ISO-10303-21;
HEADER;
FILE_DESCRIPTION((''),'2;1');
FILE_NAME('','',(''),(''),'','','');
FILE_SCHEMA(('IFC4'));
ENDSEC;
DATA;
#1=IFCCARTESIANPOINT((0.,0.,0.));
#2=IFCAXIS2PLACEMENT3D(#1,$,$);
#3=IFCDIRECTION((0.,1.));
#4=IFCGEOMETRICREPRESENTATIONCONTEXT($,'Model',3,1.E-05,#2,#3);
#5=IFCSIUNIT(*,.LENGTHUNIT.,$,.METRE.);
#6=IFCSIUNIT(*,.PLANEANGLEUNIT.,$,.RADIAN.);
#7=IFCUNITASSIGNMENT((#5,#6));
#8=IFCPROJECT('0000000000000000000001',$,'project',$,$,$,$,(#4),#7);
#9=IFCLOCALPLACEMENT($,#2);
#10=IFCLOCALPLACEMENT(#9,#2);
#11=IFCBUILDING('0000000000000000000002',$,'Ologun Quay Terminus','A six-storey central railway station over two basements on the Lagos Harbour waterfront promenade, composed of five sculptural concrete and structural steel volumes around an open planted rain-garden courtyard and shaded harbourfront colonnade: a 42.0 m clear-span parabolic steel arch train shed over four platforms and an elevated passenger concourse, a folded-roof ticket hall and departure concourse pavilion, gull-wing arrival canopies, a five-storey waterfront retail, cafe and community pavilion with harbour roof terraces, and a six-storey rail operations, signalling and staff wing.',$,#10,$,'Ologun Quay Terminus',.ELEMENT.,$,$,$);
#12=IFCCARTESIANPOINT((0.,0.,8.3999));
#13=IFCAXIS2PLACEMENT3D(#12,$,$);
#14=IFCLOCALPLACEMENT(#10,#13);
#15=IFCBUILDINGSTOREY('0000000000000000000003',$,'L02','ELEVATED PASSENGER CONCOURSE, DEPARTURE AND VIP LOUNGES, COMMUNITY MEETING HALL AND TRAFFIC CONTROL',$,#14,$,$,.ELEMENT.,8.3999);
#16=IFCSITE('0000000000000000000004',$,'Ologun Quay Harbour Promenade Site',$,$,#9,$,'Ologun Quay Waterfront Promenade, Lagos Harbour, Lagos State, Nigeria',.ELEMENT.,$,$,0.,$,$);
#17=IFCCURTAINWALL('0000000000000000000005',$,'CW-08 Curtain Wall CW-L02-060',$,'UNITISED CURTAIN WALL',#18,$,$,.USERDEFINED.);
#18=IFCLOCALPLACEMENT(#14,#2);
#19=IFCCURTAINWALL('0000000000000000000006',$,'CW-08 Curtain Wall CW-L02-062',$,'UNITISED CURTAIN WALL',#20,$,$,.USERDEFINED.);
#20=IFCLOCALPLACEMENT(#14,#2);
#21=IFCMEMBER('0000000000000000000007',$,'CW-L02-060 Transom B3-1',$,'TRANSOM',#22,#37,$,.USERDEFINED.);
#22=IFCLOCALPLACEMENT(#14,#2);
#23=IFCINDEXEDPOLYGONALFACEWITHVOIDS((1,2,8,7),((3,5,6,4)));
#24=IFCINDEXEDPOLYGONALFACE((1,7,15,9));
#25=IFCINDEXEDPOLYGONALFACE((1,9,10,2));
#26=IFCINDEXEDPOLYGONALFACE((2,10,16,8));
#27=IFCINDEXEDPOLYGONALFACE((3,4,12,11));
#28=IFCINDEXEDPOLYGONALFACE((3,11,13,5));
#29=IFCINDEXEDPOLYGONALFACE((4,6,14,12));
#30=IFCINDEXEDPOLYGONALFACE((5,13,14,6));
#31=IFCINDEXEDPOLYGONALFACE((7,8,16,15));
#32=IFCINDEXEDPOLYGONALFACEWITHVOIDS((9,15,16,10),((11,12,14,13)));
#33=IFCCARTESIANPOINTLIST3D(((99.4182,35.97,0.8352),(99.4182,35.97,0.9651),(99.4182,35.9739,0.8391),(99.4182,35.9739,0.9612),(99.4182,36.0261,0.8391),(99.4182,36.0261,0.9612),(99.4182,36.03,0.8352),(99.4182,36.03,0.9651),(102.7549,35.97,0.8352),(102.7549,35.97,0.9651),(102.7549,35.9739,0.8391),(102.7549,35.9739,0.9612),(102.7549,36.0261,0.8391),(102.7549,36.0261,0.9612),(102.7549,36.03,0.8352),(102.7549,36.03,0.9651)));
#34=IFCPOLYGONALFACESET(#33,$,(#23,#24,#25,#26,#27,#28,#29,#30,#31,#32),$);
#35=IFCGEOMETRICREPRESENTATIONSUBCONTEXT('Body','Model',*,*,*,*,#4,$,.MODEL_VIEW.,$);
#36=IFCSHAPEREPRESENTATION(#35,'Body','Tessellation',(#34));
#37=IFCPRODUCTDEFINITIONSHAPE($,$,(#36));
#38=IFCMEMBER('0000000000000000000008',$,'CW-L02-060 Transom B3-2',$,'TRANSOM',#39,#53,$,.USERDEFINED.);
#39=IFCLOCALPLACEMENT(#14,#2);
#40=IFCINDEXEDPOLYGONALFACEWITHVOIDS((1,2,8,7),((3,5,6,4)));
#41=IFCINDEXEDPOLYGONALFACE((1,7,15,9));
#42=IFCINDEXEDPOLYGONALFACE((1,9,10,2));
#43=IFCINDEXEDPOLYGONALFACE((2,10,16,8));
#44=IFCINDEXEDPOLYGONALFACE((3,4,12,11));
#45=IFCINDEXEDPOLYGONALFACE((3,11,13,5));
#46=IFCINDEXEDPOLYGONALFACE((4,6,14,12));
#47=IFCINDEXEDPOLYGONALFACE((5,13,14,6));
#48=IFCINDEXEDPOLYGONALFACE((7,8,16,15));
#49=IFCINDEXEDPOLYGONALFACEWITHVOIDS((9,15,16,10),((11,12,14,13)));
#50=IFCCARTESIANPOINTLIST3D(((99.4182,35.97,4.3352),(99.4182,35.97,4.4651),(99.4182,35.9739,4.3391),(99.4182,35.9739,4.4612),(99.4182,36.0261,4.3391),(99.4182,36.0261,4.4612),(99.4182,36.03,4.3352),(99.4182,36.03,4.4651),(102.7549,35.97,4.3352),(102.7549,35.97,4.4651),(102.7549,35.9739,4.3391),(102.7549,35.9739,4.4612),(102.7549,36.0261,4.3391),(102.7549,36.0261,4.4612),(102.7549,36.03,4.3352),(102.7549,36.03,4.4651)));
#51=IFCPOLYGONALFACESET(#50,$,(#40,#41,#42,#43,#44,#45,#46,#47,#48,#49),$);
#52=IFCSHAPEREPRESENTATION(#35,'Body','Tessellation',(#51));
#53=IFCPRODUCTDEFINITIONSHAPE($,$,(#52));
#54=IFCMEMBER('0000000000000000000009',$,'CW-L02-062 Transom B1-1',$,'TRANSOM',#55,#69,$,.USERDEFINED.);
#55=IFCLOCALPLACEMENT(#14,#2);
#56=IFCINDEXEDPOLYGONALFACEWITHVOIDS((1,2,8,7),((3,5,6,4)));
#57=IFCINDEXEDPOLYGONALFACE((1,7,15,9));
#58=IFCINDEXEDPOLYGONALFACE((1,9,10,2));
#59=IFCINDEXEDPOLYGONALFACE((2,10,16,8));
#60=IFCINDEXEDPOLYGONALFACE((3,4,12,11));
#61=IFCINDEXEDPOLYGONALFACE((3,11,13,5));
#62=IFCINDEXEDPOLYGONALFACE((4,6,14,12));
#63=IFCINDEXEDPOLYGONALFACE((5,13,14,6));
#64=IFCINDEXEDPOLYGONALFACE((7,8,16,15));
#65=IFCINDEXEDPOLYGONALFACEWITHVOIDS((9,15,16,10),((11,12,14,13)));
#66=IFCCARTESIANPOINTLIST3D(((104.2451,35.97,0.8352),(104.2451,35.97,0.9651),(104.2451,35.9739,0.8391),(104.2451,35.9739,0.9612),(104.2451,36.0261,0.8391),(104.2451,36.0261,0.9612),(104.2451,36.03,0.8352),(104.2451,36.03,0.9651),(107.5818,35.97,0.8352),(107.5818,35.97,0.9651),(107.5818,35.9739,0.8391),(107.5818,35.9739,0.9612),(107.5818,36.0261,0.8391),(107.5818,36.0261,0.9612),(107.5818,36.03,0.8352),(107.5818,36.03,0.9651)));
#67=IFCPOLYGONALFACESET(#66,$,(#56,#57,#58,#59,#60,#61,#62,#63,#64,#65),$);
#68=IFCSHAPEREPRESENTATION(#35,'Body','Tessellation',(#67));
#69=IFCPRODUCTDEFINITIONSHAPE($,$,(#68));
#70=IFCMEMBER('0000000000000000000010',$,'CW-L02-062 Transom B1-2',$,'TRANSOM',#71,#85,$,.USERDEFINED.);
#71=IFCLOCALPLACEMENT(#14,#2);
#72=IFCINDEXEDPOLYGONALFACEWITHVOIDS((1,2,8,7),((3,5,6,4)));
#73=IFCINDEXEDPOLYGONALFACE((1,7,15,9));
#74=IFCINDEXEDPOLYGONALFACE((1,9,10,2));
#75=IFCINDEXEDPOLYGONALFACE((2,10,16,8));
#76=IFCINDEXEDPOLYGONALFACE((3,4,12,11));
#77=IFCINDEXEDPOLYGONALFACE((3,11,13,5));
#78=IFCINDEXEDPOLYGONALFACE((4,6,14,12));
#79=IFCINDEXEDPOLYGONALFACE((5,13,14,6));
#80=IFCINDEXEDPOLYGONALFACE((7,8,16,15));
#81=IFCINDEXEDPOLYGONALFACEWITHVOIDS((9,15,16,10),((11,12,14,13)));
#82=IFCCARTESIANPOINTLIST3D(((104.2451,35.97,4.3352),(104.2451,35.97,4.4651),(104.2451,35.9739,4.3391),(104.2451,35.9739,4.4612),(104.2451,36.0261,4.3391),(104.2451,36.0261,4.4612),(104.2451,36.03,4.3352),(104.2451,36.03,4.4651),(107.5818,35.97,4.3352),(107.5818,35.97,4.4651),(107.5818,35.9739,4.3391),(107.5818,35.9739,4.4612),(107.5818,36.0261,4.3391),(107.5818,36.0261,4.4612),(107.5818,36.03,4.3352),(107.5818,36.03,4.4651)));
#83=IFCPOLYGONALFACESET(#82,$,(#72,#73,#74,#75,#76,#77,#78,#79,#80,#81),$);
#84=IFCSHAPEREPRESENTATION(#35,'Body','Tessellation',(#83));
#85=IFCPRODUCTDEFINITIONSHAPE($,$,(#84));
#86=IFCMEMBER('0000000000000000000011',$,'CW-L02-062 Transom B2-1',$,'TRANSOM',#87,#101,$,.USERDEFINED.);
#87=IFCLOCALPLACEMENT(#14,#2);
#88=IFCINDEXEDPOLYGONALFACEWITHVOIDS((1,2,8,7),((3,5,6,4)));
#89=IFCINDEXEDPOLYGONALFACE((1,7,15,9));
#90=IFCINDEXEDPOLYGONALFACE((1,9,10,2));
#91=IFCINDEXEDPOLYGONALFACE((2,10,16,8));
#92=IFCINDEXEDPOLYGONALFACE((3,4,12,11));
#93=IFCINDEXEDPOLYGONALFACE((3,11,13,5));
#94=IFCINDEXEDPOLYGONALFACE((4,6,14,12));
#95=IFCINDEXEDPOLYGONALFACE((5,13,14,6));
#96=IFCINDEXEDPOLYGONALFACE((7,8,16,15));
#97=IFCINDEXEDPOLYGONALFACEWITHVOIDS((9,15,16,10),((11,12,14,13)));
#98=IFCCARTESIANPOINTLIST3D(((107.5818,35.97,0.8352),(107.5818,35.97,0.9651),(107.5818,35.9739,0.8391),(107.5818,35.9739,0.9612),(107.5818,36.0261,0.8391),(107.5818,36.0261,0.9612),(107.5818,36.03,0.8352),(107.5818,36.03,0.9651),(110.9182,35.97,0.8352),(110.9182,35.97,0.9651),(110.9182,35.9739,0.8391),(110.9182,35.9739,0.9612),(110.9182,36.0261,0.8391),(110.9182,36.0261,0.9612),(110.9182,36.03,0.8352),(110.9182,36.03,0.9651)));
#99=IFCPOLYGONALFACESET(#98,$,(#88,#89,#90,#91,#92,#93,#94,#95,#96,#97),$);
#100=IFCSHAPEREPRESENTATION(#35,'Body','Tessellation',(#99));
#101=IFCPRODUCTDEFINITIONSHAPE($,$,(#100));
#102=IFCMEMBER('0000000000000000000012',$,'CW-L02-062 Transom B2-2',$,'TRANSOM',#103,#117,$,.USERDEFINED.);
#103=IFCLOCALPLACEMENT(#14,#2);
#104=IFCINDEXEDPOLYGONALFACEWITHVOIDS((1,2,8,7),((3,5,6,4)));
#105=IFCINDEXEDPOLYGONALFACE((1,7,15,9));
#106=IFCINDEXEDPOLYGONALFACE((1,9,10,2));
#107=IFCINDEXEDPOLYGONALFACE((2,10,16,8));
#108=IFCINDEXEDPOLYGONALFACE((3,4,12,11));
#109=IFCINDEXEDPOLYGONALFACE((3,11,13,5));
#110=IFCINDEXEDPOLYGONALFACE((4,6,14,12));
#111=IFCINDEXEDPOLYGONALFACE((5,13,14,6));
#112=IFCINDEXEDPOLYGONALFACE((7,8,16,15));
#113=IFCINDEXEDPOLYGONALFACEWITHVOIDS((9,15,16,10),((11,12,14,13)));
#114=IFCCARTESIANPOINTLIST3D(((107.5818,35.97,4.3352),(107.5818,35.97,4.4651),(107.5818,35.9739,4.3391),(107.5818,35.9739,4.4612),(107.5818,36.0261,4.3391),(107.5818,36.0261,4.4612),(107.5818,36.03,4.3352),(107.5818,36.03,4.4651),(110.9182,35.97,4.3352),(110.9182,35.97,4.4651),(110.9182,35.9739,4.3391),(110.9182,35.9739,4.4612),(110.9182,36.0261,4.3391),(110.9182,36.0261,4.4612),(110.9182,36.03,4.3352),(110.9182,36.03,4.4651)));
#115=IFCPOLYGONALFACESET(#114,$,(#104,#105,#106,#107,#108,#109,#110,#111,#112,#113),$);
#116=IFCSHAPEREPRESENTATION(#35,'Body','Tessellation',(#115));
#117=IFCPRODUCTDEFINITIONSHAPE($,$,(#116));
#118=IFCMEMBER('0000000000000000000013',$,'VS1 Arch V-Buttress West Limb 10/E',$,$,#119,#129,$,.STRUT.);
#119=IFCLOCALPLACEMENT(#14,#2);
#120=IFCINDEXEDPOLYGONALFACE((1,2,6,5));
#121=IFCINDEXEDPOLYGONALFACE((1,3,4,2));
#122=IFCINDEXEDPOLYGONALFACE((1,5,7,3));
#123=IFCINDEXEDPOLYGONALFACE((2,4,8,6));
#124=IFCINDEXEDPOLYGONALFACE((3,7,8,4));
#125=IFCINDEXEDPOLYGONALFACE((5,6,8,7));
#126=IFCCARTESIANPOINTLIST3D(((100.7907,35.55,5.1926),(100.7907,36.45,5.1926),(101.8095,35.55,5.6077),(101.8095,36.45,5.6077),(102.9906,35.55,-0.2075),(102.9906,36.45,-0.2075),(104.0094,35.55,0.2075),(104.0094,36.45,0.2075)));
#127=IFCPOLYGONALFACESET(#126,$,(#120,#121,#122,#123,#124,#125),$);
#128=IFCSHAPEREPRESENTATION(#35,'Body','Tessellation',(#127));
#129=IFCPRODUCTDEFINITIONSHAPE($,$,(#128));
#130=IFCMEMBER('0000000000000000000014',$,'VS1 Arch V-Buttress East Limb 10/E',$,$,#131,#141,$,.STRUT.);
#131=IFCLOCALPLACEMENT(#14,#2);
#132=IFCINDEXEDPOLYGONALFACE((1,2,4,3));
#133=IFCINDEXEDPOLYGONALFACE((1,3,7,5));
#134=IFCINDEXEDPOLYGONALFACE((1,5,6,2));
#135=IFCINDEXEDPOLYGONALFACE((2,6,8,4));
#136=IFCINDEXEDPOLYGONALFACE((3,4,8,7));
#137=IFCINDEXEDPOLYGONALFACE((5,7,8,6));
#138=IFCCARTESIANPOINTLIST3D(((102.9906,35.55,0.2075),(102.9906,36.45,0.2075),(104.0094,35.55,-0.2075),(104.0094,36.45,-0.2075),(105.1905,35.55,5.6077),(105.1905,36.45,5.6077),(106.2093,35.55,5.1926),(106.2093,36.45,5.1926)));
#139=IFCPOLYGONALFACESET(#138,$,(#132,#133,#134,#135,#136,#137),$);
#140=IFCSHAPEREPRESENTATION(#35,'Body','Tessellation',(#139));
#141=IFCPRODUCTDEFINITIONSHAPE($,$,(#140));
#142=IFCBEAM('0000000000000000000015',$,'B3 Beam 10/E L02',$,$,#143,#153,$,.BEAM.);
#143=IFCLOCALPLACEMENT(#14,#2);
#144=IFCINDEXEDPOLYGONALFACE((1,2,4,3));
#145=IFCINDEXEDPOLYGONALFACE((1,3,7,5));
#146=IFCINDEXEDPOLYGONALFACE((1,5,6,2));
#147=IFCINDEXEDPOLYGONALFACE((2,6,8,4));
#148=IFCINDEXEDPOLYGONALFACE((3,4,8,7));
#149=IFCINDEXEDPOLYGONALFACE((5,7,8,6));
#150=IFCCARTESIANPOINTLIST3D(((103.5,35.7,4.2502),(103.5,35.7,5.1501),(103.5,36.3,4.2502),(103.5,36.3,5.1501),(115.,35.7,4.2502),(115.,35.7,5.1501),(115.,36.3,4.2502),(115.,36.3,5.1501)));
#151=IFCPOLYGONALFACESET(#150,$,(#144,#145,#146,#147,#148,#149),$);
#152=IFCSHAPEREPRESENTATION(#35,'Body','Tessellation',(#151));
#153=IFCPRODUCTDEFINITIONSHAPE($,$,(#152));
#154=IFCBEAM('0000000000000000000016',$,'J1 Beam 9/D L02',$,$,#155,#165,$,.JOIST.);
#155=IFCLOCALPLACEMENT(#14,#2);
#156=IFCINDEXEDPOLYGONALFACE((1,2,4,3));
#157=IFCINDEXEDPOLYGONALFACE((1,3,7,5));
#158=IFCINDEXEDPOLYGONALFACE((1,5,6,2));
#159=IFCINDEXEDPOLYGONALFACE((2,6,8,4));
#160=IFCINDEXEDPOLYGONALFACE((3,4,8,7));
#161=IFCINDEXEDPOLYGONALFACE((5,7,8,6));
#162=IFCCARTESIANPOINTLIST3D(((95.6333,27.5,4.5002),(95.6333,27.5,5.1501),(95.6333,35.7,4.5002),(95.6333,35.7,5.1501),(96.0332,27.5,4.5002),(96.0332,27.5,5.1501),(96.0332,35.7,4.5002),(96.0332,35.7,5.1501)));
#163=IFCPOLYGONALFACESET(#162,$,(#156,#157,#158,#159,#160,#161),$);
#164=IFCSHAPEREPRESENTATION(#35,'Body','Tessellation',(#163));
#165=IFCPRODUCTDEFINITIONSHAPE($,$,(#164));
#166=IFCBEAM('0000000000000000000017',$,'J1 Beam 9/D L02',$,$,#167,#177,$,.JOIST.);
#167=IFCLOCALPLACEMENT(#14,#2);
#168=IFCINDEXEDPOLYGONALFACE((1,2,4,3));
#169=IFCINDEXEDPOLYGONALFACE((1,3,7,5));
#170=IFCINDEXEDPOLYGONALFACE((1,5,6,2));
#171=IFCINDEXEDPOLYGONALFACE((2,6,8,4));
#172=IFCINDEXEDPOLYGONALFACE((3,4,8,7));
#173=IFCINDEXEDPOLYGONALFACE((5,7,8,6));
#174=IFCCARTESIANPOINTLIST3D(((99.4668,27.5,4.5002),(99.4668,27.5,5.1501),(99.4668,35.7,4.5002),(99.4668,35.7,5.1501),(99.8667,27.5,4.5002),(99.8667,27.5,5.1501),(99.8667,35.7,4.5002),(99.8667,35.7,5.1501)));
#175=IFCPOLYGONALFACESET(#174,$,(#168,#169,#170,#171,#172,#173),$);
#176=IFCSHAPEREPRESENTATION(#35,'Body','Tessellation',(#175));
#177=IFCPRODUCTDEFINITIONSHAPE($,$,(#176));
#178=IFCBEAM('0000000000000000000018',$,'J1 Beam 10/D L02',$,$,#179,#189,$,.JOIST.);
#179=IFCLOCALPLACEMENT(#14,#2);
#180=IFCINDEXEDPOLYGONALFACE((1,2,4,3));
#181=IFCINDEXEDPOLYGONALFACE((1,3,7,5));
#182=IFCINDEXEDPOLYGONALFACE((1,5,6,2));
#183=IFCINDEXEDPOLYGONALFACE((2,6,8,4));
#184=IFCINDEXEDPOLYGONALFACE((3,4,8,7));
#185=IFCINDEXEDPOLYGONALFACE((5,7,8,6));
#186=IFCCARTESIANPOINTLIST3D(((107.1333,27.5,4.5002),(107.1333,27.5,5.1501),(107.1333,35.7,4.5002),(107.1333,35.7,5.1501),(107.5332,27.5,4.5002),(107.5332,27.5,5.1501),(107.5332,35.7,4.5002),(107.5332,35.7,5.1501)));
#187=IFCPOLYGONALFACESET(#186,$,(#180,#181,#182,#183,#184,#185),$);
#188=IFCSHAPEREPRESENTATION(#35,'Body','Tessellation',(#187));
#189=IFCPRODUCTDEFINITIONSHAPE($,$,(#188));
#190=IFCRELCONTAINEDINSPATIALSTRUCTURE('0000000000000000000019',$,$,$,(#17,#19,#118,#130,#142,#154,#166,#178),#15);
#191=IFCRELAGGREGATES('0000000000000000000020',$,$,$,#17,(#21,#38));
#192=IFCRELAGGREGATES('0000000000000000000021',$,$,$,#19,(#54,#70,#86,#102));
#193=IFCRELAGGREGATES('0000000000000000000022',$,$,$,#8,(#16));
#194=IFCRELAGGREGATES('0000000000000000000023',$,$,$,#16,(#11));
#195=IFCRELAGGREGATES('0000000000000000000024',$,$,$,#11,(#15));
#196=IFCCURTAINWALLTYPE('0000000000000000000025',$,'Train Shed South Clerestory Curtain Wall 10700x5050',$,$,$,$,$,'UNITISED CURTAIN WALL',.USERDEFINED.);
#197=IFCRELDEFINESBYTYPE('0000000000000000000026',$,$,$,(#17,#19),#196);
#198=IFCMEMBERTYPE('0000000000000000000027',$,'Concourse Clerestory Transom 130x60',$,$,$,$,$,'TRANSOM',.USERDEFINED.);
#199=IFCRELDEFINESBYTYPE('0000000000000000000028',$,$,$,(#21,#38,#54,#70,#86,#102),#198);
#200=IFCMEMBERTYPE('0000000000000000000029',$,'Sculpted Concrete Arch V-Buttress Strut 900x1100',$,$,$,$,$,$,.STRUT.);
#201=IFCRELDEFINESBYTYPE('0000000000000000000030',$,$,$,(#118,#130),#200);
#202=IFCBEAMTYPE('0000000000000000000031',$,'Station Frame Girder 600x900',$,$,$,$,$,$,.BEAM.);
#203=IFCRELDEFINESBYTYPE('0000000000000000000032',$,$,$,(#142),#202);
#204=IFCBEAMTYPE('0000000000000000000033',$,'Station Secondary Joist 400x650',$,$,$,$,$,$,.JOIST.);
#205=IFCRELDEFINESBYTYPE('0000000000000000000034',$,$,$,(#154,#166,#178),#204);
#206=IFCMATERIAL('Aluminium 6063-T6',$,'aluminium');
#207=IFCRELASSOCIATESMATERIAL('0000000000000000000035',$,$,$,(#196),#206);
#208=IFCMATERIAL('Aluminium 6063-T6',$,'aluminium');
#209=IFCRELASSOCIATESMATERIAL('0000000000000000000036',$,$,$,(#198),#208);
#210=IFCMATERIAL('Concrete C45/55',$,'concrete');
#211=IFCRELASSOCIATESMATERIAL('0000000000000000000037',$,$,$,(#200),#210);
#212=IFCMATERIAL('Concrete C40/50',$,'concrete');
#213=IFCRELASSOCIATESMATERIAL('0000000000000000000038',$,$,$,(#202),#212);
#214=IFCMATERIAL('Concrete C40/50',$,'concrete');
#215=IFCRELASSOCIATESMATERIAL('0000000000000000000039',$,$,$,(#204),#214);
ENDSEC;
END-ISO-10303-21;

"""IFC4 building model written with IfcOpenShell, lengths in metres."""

from ifc_helpers import new_model, si_unit, direction, frame, origin, origin_2d, place, context, subcontext, project, spatial, rectangle, hollow_rectangle, extrude, material, material_profile, profile_set, type_object, element, aggregate, save


model = new_model("IFC4")

# Units and contexts
model_context = context("Model", 3, precision=1e-05, world=origin(), true_north=direction((0.0, 1.0)))
body_context = subcontext(model_context, "Body", "Model", "MODEL_VIEW")
ifc_project = project(units=[si_unit("LENGTHUNIT", "METRE"), si_unit("PLANEANGLEUNIT", "RADIAN")], contexts=[model_context])

# Site, building, storey
site_placement = place(None, origin())
site = spatial("IfcSite", under=ifc_project, at=site_placement, Name="Ologun Quay Harbour Promenade Site", LongName="Ologun Quay Waterfront Promenade, Lagos Harbour, Lagos State, Nigeria", CompositionType="ELEMENT", RefElevation=0.0)
building_placement = place(site_placement, origin())
building = spatial("IfcBuilding", under=site, at=building_placement, Name="Ologun Quay Terminus", Description="A six-storey central railway station over two basements on the Lagos Harbour waterfront promenade, composed of five sculptural concrete and structural steel volumes around an open planted rain-garden courtyard and shaded harbourfront colonnade: a 42.0 m clear-span parabolic steel arch train shed over four platforms and an elevated passenger concourse, a folded-roof ticket hall and departure concourse pavilion, gull-wing arrival canopies, a five-storey waterfront retail, cafe and community pavilion with harbour roof terraces, and a six-storey rail operations, signalling and staff wing.", LongName="Ologun Quay Terminus", CompositionType="ELEMENT")
storey_placement = place(building_placement, frame((0.0, 0.0, 8.3999)))
storey = spatial("IfcBuildingStorey", under=building, at=storey_placement, Name="L02", Description="ELEVATED PASSENGER CONCOURSE, DEPARTURE AND VIP LOUNGES, COMMUNITY MEETING HALL AND TRAFFIC CONTROL", CompositionType="ELEMENT", Elevation=8.3999)

# Curtain walls
ifc_material_1 = material(Name="Aluminium 6063-T6", Category="aluminium")
curtain_wall_type = type_object("IfcCurtainWallType", Name="Train Shed South Clerestory Curtain Wall 10700x5050", ElementType="UNITISED CURTAIN WALL", PredefinedType="USERDEFINED", material=ifc_material_1)
curtain_wall_1_placement = place(storey_placement, origin())
curtain_wall_1 = element("IfcCurtainWall", 1, at=curtain_wall_1_placement, inside=storey, type_object=curtain_wall_type, Name="CW-08 Curtain Wall CW-L02-060", ObjectType="UNITISED CURTAIN WALL", PredefinedType="USERDEFINED")
curtain_wall_2_placement = place(storey_placement, origin())
curtain_wall_2 = element("IfcCurtainWall", 2, at=curtain_wall_2_placement, inside=storey, type_object=curtain_wall_type, Name="CW-08 Curtain Wall CW-L02-062", ObjectType="UNITISED CURTAIN WALL", PredefinedType="USERDEFINED")

# Members
ifc_material_2 = material(Name="Aluminium 6063-T6", Category="aluminium")
ifc_material_profile_1 = material_profile(ifc_material_2, hollow_rectangle(XDim=0.0601, YDim=0.1299, WallThickness=0.0039, at=origin_2d()), Name="ALU 130x60x4")
ifc_profile_set_1 = profile_set([ifc_material_profile_1], Name="Aluminium 6063-T6")
member_type_1 = type_object("IfcMemberType", Name="Concourse Clerestory Transom 130x60", ElementType="TRANSOM", PredefinedType="USERDEFINED", material=ifc_profile_set_1)
member_1_placement = place(storey_placement, frame((99.4182, 36.0, 0.9001), z_axis=(1.0, 0.0, 0.0), x_axis=(0.0, 1.0, 0.0)))
member_1 = element("IfcMember", 3, at=member_1_placement, type_object=member_type_1, Name="CW-L02-060 Transom B3-1", ObjectType="TRANSOM", PredefinedType="USERDEFINED", context=body_context, shape_type="SweptSolid", body=[
    extrude(hollow_rectangle(XDim=0.0601, YDim=0.1299, WallThickness=0.0039, at=origin_2d()), origin(), (0.0, 0.0, 1.0), 3.3367),
])
member_2_placement = place(storey_placement, frame((99.4182, 36.0, 4.4001), z_axis=(1.0, 0.0, 0.0), x_axis=(0.0, 1.0, 0.0)))
member_2 = element("IfcMember", 4, at=member_2_placement, type_object=member_type_1, Name="CW-L02-060 Transom B3-2", ObjectType="TRANSOM", PredefinedType="USERDEFINED", context=body_context, shape_type="SweptSolid", body=[
    extrude(hollow_rectangle(XDim=0.0601, YDim=0.1299, WallThickness=0.0039, at=origin_2d()), origin(), (0.0, 0.0, 1.0), 3.3367),
])
member_3_placement = place(storey_placement, frame((104.2451, 36.0, 0.9001), z_axis=(1.0, 0.0, 0.0), x_axis=(0.0, 1.0, 0.0)))
member_3 = element("IfcMember", 5, at=member_3_placement, type_object=member_type_1, Name="CW-L02-062 Transom B1-1", ObjectType="TRANSOM", PredefinedType="USERDEFINED", context=body_context, shape_type="SweptSolid", body=[
    extrude(hollow_rectangle(XDim=0.0601, YDim=0.1299, WallThickness=0.0039, at=origin_2d()), origin(), (0.0, 0.0, 1.0), 3.3367),
])
member_4_placement = place(storey_placement, frame((104.2451, 36.0, 4.4001), z_axis=(1.0, 0.0, 0.0), x_axis=(0.0, 1.0, 0.0)))
member_4 = element("IfcMember", 6, at=member_4_placement, type_object=member_type_1, Name="CW-L02-062 Transom B1-2", ObjectType="TRANSOM", PredefinedType="USERDEFINED", context=body_context, shape_type="SweptSolid", body=[
    extrude(hollow_rectangle(XDim=0.0601, YDim=0.1299, WallThickness=0.0039, at=origin_2d()), origin(), (0.0, 0.0, 1.0), 3.3367),
])
member_5_placement = place(storey_placement, frame((107.5818, 36.0, 0.9001), z_axis=(1.0, 0.0, 0.0), x_axis=(0.0, 1.0, 0.0)))
member_5 = element("IfcMember", 7, at=member_5_placement, type_object=member_type_1, Name="CW-L02-062 Transom B2-1", ObjectType="TRANSOM", PredefinedType="USERDEFINED", context=body_context, shape_type="SweptSolid", body=[
    extrude(hollow_rectangle(XDim=0.0601, YDim=0.1299, WallThickness=0.0039, at=origin_2d()), origin(), (0.0, 0.0, 1.0), 3.3364),
])
member_6_placement = place(storey_placement, frame((107.5818, 36.0, 4.4001), z_axis=(1.0, 0.0, 0.0), x_axis=(0.0, 1.0, 0.0)))
member_6 = element("IfcMember", 8, at=member_6_placement, type_object=member_type_1, Name="CW-L02-062 Transom B2-2", ObjectType="TRANSOM", PredefinedType="USERDEFINED", context=body_context, shape_type="SweptSolid", body=[
    extrude(hollow_rectangle(XDim=0.0601, YDim=0.1299, WallThickness=0.0039, at=origin_2d()), origin(), (0.0, 0.0, 1.0), 3.3364),
])

# Members
ifc_material_3 = material(Name="Concrete C45/55", Category="concrete")
ifc_material_profile_2 = material_profile(ifc_material_3, rectangle(XDim=0.8999, YDim=1.1001, at=origin_2d()), Name="RC 900x1100")
ifc_profile_set_2 = profile_set([ifc_material_profile_2], Name="Concrete C45/55")
member_type_2 = type_object("IfcMemberType", Name="Sculpted Concrete Arch V-Buttress Strut 900x1100", PredefinedType="STRUT", material=ifc_profile_set_2)
for number, where, z_axis, x_axis, name in (
    (9, (103.5, 36.0, 0.0), (-0.377281, 0.0, 0.926099), (0.0, -1.0, 0.0), "VS1 Arch V-Buttress West Limb 10/E"),
    (10, (103.5, 36.0, 0.0), (0.377281, 0.0, 0.926099), (0.0, 1.0, 0.0), "VS1 Arch V-Buttress East Limb 10/E"),
):
    element("IfcMember", number, at=place(storey_placement, frame(where, z_axis=z_axis, x_axis=x_axis)), inside=storey, type_object=member_type_2, Name=name, PredefinedType="STRUT", context=body_context, shape_type="SweptSolid", body=[
        extrude(rectangle(XDim=0.8999, YDim=1.1001, at=origin_2d()), origin(), (0.0, 0.0, 1.0), 5.8311),
    ])

# Beams
ifc_material_4 = material(Name="Concrete C40/50", Category="concrete")
ifc_material_profile_3 = material_profile(ifc_material_4, rectangle(XDim=0.6001, YDim=0.8999, at=origin_2d()), Name="RC 600x900")
ifc_profile_set_3 = profile_set([ifc_material_profile_3], Name="Concrete C40/50")
beam_type_1 = type_object("IfcBeamType", Name="Station Frame Girder 600x900", PredefinedType="BEAM", material=ifc_profile_set_3)
beam_placement = place(storey_placement, frame((103.5, 36.0, 4.7002), z_axis=(1.0, 0.0, 0.0), x_axis=(0.0, 1.0, 0.0)))
element("IfcBeam", 11, at=beam_placement, inside=storey, type_object=beam_type_1, Name="B3 Beam 10/E L02", PredefinedType="BEAM", context=body_context, shape_type="SweptSolid", body=[
    extrude(rectangle(XDim=0.6001, YDim=0.8999, at=origin_2d()), origin(), (0.0, 0.0, 1.0), 11.5),
])
ifc_material_5 = material(Name="Concrete C40/50", Category="concrete")
ifc_material_profile_4 = material_profile(ifc_material_5, rectangle(XDim=0.3999, YDim=0.6499, at=origin_2d()), Name="RC 400x650")
ifc_profile_set_4 = profile_set([ifc_material_profile_4], Name="Concrete C40/50")
beam_type_2 = type_object("IfcBeamType", Name="Station Secondary Joist 400x650", PredefinedType="JOIST", material=ifc_profile_set_4)
for number, where, z_axis, x_axis, name in (
    (12, (95.8333, 27.5, 4.8252), (0.0, 1.0, 0.0), (-1.0, 0.0, 0.0), "J1 Beam 9/D L02"),
    (13, (99.6667, 27.5, 4.8252), (0.0, 1.0, 0.0), (-1.0, 0.0, 0.0), "J1 Beam 9/D L02"),
    (14, (107.3333, 27.5, 4.8252), (0.0, 1.0, 0.0), (-1.0, 0.0, 0.0), "J1 Beam 10/D L02"),
):
    element("IfcBeam", number, at=place(storey_placement, frame(where, z_axis=z_axis, x_axis=x_axis)), inside=storey, type_object=beam_type_2, Name=name, PredefinedType="JOIST", context=body_context, shape_type="SweptSolid", body=[
        extrude(rectangle(XDim=0.3999, YDim=0.6499, at=origin_2d()), origin(), (0.0, 0.0, 1.0), 8.2),
    ])

aggregate(curtain_wall_1, [member_1, member_2])
aggregate(curtain_wall_2, [member_3, member_4, member_5, member_6])

save(model, "model.ifc")
